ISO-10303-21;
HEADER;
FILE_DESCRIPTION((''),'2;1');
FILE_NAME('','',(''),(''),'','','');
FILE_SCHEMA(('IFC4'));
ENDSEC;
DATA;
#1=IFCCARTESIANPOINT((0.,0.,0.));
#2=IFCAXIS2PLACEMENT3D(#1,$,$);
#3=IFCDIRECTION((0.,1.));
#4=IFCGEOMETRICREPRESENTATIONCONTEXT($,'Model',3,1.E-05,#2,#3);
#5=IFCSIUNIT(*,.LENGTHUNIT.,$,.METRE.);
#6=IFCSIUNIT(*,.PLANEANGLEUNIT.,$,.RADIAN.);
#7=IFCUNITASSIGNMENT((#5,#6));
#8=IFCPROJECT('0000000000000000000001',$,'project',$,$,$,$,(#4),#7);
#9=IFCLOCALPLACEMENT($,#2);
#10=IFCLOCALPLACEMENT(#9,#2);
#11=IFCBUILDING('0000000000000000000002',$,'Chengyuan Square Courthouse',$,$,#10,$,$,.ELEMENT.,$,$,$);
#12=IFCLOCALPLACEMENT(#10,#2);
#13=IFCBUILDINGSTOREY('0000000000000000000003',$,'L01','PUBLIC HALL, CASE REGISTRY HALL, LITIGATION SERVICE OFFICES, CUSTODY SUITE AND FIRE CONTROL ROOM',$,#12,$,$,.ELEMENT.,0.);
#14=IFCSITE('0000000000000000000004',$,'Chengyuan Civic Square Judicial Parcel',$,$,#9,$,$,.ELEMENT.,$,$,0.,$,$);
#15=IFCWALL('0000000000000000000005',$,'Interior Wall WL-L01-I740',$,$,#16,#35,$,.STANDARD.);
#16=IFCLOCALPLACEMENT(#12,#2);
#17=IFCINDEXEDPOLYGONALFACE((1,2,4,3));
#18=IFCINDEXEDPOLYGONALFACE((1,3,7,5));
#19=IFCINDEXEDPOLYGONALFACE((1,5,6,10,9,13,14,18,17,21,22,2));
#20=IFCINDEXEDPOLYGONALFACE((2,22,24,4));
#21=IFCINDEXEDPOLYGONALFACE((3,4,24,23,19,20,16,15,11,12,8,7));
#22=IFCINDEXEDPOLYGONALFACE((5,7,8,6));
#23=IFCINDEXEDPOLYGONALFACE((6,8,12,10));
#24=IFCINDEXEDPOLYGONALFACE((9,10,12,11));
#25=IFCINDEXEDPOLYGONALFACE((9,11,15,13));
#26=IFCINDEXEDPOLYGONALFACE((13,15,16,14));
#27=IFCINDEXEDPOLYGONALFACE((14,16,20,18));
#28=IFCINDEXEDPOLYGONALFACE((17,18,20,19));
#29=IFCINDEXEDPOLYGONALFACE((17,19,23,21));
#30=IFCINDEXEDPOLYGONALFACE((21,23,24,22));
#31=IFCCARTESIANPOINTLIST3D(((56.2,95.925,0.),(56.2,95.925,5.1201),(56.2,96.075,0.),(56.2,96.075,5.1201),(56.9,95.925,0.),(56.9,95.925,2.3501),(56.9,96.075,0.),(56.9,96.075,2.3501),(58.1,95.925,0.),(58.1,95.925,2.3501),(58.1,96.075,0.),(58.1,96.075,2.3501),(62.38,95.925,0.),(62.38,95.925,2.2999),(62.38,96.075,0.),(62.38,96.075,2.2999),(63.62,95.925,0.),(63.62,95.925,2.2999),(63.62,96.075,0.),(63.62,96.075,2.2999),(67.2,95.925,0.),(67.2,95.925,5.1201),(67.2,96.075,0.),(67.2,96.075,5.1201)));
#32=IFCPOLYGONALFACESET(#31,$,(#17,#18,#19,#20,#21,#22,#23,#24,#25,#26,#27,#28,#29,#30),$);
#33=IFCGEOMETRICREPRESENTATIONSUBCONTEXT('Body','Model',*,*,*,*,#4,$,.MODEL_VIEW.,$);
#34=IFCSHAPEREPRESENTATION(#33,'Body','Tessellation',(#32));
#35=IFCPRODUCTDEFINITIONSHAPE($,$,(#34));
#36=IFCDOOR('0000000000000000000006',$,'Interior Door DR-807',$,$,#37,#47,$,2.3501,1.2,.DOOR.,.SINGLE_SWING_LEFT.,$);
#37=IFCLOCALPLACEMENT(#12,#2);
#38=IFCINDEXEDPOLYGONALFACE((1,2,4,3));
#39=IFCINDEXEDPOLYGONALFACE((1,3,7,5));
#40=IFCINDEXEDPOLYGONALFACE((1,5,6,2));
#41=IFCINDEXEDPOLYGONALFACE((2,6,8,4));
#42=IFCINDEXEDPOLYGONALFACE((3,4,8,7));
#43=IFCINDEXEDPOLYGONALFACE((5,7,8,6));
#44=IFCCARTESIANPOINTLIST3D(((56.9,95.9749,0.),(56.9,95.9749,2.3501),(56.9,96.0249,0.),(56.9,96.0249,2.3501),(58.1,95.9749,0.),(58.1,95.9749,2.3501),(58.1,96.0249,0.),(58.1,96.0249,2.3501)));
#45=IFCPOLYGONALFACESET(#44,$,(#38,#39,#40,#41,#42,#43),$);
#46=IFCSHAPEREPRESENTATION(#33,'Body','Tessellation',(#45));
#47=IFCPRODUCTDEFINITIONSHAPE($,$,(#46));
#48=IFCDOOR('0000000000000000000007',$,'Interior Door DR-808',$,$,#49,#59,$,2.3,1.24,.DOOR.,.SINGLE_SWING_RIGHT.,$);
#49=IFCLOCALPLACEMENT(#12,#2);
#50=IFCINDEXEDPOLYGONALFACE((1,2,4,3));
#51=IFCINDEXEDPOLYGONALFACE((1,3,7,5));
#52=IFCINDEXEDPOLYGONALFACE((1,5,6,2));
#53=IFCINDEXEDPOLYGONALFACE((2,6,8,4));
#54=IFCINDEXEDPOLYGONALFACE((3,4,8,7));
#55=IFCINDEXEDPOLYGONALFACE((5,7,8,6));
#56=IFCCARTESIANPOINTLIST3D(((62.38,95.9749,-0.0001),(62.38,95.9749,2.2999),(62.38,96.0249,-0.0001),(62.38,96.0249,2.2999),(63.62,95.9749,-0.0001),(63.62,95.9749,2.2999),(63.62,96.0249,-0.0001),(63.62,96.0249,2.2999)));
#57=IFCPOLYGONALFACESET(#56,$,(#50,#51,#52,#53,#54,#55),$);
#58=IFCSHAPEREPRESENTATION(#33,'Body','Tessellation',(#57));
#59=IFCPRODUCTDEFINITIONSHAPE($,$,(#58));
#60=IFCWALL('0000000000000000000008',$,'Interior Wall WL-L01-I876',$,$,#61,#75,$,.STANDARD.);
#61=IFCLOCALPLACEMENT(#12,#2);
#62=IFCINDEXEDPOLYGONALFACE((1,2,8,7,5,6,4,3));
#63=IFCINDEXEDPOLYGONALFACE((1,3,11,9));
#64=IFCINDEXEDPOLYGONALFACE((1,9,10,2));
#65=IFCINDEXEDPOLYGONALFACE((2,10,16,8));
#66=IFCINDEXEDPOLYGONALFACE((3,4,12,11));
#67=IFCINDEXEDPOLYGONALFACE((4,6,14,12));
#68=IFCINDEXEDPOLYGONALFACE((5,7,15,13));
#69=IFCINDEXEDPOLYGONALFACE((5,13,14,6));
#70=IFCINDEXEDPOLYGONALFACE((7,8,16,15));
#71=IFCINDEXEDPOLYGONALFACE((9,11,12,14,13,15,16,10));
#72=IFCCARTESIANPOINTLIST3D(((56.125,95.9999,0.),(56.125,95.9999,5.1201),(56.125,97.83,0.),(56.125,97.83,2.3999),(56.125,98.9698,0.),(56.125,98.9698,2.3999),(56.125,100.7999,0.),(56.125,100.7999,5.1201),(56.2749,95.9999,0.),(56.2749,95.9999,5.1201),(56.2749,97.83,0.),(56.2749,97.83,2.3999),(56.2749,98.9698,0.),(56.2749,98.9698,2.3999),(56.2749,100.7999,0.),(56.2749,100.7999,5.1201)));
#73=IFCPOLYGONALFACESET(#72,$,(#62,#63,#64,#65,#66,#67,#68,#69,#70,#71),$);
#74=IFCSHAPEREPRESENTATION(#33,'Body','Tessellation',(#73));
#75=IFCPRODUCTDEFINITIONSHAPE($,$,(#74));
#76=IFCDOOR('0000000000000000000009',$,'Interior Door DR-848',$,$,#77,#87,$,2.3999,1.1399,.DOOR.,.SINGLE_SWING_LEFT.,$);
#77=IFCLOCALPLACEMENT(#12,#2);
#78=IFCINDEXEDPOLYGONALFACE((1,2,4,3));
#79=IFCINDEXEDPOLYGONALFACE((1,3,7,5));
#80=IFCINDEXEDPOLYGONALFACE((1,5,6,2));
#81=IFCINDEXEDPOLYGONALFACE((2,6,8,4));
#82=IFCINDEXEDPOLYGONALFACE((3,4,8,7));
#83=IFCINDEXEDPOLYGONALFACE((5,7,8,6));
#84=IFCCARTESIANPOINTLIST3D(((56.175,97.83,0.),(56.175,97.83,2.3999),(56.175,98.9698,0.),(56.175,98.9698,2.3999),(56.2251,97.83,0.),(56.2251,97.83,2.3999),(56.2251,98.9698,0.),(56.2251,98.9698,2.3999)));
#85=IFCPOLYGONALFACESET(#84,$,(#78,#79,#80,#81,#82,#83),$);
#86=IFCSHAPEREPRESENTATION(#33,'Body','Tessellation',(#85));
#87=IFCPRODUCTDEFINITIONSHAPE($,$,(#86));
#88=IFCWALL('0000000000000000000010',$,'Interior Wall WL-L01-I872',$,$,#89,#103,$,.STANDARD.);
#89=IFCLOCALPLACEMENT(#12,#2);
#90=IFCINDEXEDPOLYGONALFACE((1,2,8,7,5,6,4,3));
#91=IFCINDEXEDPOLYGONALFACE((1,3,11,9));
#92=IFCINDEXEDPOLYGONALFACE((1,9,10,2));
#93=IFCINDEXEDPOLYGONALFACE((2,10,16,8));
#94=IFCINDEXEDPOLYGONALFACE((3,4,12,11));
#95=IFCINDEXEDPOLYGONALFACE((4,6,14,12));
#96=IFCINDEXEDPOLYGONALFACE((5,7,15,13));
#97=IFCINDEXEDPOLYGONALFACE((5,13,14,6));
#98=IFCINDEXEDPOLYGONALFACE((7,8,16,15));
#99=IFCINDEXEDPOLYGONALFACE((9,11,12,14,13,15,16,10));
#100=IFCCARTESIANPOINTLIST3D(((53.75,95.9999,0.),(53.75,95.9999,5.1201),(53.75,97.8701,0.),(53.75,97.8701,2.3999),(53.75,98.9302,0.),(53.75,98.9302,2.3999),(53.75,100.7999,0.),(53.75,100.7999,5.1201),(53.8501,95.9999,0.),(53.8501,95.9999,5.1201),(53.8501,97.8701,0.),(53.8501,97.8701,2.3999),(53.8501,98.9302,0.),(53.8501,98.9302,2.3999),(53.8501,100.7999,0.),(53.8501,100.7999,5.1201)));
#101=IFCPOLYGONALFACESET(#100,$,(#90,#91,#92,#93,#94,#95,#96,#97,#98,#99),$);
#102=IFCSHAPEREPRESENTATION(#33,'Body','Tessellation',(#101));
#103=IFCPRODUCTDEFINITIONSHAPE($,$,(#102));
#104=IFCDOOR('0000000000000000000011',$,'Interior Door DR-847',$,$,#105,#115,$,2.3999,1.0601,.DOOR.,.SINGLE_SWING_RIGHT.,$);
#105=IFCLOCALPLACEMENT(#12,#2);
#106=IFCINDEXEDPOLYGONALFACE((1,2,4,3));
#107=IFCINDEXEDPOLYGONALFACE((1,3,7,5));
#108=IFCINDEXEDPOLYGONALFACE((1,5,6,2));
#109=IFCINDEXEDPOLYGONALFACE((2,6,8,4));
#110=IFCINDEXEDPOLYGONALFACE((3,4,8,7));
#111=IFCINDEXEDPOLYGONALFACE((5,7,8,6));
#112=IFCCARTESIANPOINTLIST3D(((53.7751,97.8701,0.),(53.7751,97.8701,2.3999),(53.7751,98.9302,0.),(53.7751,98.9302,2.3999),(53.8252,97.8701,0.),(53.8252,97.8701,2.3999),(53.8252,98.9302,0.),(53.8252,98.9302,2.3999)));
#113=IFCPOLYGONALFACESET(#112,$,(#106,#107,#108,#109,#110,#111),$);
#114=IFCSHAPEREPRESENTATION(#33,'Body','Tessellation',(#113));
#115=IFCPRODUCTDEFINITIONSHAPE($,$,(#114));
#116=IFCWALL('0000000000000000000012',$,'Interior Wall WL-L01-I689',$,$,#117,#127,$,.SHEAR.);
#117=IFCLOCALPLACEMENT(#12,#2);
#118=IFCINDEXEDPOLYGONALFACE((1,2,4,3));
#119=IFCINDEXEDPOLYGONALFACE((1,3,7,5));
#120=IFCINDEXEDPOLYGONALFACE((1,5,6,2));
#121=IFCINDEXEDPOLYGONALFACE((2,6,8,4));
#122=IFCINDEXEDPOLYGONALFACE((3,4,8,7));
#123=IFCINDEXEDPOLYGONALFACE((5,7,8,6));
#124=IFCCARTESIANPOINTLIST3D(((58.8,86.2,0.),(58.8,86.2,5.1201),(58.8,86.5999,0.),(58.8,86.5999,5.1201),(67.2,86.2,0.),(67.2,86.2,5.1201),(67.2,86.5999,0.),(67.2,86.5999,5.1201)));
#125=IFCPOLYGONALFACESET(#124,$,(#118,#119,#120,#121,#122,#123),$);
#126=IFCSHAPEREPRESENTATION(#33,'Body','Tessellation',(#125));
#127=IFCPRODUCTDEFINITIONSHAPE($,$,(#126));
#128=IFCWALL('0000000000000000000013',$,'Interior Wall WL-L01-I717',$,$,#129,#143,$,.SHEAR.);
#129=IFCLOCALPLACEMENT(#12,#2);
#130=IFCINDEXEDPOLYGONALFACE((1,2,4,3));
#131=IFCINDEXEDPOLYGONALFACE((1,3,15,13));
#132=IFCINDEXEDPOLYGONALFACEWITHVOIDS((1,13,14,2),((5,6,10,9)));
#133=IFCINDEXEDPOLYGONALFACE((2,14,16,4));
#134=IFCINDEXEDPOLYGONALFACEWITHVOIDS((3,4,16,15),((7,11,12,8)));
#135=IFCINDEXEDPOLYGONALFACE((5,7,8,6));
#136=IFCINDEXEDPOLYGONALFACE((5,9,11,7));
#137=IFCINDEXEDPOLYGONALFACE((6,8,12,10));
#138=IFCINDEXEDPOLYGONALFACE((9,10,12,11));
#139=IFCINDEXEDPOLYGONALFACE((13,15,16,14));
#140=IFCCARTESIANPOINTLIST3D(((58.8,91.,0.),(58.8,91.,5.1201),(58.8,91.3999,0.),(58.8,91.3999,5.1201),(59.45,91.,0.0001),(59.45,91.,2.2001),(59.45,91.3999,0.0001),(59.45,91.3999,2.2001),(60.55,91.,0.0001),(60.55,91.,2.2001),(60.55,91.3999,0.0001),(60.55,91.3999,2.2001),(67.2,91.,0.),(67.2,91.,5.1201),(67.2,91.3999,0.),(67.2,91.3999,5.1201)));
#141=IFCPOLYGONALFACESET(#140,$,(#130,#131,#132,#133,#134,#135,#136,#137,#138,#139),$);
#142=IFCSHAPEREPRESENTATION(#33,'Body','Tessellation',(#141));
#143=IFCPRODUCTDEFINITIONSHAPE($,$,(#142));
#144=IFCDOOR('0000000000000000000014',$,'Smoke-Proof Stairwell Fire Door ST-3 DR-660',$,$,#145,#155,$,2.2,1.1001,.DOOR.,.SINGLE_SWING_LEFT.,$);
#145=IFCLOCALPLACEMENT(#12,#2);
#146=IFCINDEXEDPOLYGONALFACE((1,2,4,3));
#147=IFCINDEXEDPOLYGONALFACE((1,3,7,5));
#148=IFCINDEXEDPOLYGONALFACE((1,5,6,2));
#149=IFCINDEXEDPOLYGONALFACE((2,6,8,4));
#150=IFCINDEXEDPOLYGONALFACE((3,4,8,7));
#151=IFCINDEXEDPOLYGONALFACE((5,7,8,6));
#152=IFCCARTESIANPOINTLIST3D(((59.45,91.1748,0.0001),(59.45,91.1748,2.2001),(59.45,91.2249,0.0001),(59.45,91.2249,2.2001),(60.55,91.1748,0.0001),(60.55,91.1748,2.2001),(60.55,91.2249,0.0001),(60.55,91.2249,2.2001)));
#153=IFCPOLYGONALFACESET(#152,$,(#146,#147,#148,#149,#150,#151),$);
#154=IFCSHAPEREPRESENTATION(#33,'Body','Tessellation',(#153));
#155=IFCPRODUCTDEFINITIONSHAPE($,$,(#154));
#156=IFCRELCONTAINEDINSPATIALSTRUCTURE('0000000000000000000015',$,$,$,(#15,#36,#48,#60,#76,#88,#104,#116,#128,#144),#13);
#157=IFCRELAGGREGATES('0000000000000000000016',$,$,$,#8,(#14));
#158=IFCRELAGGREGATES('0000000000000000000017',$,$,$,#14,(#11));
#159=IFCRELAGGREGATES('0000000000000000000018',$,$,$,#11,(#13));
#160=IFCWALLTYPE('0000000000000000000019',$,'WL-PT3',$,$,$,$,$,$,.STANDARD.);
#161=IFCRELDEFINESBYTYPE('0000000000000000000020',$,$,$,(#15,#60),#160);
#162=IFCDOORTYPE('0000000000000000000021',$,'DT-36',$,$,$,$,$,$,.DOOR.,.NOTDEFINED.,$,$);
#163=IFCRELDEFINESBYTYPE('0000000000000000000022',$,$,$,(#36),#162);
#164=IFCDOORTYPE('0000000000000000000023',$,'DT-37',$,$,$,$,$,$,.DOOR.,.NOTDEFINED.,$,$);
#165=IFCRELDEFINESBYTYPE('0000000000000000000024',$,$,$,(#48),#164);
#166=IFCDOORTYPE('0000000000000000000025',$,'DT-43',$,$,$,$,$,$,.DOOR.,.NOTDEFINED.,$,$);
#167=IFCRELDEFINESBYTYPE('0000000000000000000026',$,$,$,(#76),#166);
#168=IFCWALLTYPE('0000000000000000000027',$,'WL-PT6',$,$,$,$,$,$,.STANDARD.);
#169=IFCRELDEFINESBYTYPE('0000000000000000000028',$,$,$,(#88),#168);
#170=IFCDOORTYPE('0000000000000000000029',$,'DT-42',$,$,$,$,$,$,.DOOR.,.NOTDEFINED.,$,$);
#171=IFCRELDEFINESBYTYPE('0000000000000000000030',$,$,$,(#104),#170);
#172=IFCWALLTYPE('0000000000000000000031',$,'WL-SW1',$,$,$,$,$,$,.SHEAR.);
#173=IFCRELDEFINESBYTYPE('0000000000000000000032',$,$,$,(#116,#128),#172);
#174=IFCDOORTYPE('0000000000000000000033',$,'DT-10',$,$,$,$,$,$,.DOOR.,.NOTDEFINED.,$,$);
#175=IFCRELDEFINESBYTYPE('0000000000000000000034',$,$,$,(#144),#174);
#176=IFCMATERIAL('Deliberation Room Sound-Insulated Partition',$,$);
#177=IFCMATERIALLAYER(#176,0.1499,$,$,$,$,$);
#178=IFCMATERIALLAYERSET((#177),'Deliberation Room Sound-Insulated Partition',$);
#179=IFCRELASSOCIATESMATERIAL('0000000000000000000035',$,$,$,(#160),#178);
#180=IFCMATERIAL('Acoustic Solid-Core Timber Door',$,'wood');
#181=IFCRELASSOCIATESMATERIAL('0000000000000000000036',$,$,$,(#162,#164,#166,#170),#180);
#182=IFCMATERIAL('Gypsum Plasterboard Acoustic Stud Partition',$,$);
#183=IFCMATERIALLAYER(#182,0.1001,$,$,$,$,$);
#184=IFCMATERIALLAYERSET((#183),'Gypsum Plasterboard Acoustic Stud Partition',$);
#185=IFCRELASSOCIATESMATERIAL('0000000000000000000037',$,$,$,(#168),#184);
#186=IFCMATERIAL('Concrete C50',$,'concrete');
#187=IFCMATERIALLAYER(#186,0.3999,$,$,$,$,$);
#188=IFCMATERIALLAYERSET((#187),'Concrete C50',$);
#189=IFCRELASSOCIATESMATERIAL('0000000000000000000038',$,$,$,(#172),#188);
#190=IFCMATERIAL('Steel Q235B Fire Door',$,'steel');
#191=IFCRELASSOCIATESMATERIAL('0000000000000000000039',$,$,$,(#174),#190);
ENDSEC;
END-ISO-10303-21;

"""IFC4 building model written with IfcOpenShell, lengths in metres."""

from ifc_helpers import new_model, si_unit, direction, frame, frame_2d, origin, place, context, subcontext, project, spatial, rectangle, extrude, material, layer, layer_set, type_object, element, fill, save


model = new_model("IFC4")

# Units and contexts
model_context = context("Model", 3, precision=1e-05, world=origin(), true_north=direction((0.0, 1.0)))
body_context = subcontext(model_context, "Body", "Model", "MODEL_VIEW")
ifc_project = project(units=[si_unit("LENGTHUNIT", "METRE"), si_unit("PLANEANGLEUNIT", "RADIAN")], contexts=[model_context])

# Site, building, storey
site_placement = place(None, origin())
site = spatial("IfcSite", under=ifc_project, at=site_placement, Name="Chengyuan Civic Square Judicial Parcel", CompositionType="ELEMENT", RefElevation=0.0)
building_placement = place(site_placement, origin())
building = spatial("IfcBuilding", under=site, at=building_placement, Name="Chengyuan Square Courthouse", CompositionType="ELEMENT")
storey_placement = place(building_placement, origin())
storey = spatial("IfcBuildingStorey", under=building, at=storey_placement, Name="L01", Description="PUBLIC HALL, CASE REGISTRY HALL, LITIGATION SERVICE OFFICES, CUSTODY SUITE AND FIRE CONTROL ROOM", CompositionType="ELEMENT", Elevation=0.0)

# Shared definitions
ifc_material_1 = material(Name="Concrete C50", Category="concrete")

# Shared definitions
ifc_material_2 = material(Name="Steel Q235B Fire Door", Category="steel")

# Wall, openings, doors
ifc_material_3 = material(Name="Deliberation Room Sound-Insulated Partition")
ifc_layer_1 = layer(ifc_material_3, 0.1499)
ifc_layer_set_1 = layer_set([ifc_layer_1], Name="Deliberation Room Sound-Insulated Partition")
wall_type_1 = type_object("IfcWallType", Name="WL-PT3", PredefinedType="STANDARD", material=ifc_layer_set_1)
wall_1_placement = place(storey_placement, frame((56.2, 96.0, 0.0), z_axis=(0.0, 0.0, 1.0), x_axis=(1.0, 0.0, 0.0)))
wall_1 = element("IfcWall", 1, at=wall_1_placement, inside=storey, type_object=wall_type_1, Name="Interior Wall WL-L01-I740", PredefinedType="STANDARD", context=body_context, shape_type="SweptSolid", body=[
    extrude(rectangle(XDim=11.0, YDim=0.1499, at=frame_2d((5.5, 0.0))), origin(), (0.0, 0.0, 1.0), 5.1201),
])
opening_1_placement = place(wall_1_placement, frame((0.7, 0.0, 0.0)))
opening_1 = element("IfcOpeningElement", 2, at=opening_1_placement, cuts=wall_1, PredefinedType="OPENING", context=body_context, shape_type="SweptSolid", body=[
    extrude(rectangle(XDim=1.2, YDim=2.3501, at=frame_2d((0.6001, 1.175))), frame((0.0, 0.0869, 0.0), z_axis=(0.0, -1.0, 0.0), x_axis=(1.0, 0.0, 0.0)), (0.0, 0.0, 1.0), 0.1738),
])
opening_2_placement = place(wall_1_placement, frame((6.1799, 0.0, 0.0)))
opening_2 = element("IfcOpeningElement", 3, at=opening_2_placement, cuts=wall_1, PredefinedType="OPENING", context=body_context, shape_type="SweptSolid", body=[
    extrude(rectangle(XDim=1.24, YDim=2.3, at=frame_2d((0.6201, 1.1499))), frame((0.0, 0.0869, 0.0), z_axis=(0.0, -1.0, 0.0), x_axis=(1.0, 0.0, 0.0)), (0.0, 0.0, 1.0), 0.1738),
])
ifc_material_4 = material(Name="Acoustic Solid-Core Timber Door", Category="wood")
door_type_1 = type_object("IfcDoorType", Name="DT-36", OperationType="NOTDEFINED", PredefinedType="DOOR", material=ifc_material_4)
door_1_placement = place(opening_1_placement, origin())
door_1 = element("IfcDoor", 4, at=door_1_placement, inside=storey, type_object=door_type_1, Name="Interior Door DR-807", OperationType="SINGLE_SWING_LEFT", OverallHeight=2.3501, OverallWidth=1.2, PredefinedType="DOOR", context=body_context, shape_type="SweptSolid", body=[
    extrude(rectangle(XDim=1.2, YDim=2.3501, at=frame_2d((0.6001, 1.175))), frame((0.0, 0.0249, 0.0), z_axis=(0.0, -1.0, 0.0), x_axis=(1.0, 0.0, 0.0)), (0.0, 0.0, 1.0), 0.05),
])
fill(opening_1, door_1)
door_type_2 = type_object("IfcDoorType", Name="DT-37", OperationType="NOTDEFINED", PredefinedType="DOOR", material=ifc_material_4)
door_2_placement = place(opening_2_placement, origin())
door_2 = element("IfcDoor", 5, at=door_2_placement, inside=storey, type_object=door_type_2, Name="Interior Door DR-808", OperationType="SINGLE_SWING_RIGHT", OverallHeight=2.3, OverallWidth=1.24, PredefinedType="DOOR", context=body_context, shape_type="SweptSolid", body=[
    extrude(rectangle(XDim=1.24, YDim=2.3, at=frame_2d((0.6201, 1.1499))), frame((0.0, 0.0249, 0.0), z_axis=(0.0, -1.0, 0.0), x_axis=(1.0, 0.0, 0.0)), (0.0, 0.0, 1.0), 0.05),
])
fill(opening_2, door_2)

# Walls, openings, doors
wall_2_placement = place(storey_placement, frame((56.2, 96.0, 0.0), z_axis=(0.0, 0.0, 1.0), x_axis=(0.0, 1.0, 0.0)))
wall_2 = element("IfcWall", 6, at=wall_2_placement, inside=storey, type_object=wall_type_1, Name="Interior Wall WL-L01-I876", PredefinedType="STANDARD", context=body_context, shape_type="SweptSolid", body=[
    extrude(rectangle(XDim=4.8, YDim=0.1499, at=frame_2d((2.3999, 0.0))), origin(), (0.0, 0.0, 1.0), 5.1201),
])
opening_3_placement = place(wall_2_placement, frame((1.8301, 0.0, 0.0)))
opening_3 = element("IfcOpeningElement", 7, at=opening_3_placement, cuts=wall_2, PredefinedType="OPENING", context=body_context, shape_type="SweptSolid", body=[
    extrude(rectangle(XDim=1.1399, YDim=2.3999, at=frame_2d((0.5698, 1.2))), frame((0.0, 0.0869, 0.0), z_axis=(0.0, -1.0, 0.0), x_axis=(1.0, 0.0, 0.0)), (0.0, 0.0, 1.0), 0.1738),
])
door_type_3 = type_object("IfcDoorType", Name="DT-43", OperationType="NOTDEFINED", PredefinedType="DOOR", material=ifc_material_4)
door_3_placement = place(opening_3_placement, origin())
door_3 = element("IfcDoor", 8, at=door_3_placement, inside=storey, type_object=door_type_3, Name="Interior Door DR-848", OperationType="SINGLE_SWING_LEFT", OverallHeight=2.3999, OverallWidth=1.1399, PredefinedType="DOOR", context=body_context, shape_type="SweptSolid", body=[
    extrude(rectangle(XDim=1.1399, YDim=2.3999, at=frame_2d((0.5698, 1.2))), frame((0.0, 0.0249, 0.0), z_axis=(0.0, -1.0, 0.0), x_axis=(1.0, 0.0, 0.0)), (0.0, 0.0, 1.0), 0.05),
])
fill(opening_3, door_3)
ifc_material_5 = material(Name="Gypsum Plasterboard Acoustic Stud Partition")
ifc_layer_2 = layer(ifc_material_5, 0.1001)
ifc_layer_set_2 = layer_set([ifc_layer_2], Name="Gypsum Plasterboard Acoustic Stud Partition")
wall_type_2 = type_object("IfcWallType", Name="WL-PT6", PredefinedType="STANDARD", material=ifc_layer_set_2)
wall_3_placement = place(storey_placement, frame((53.8, 96.0, 0.0), z_axis=(0.0, 0.0, 1.0), x_axis=(0.0, 1.0, 0.0)))
wall_3 = element("IfcWall", 9, at=wall_3_placement, inside=storey, type_object=wall_type_2, Name="Interior Wall WL-L01-I872", PredefinedType="STANDARD", context=body_context, shape_type="SweptSolid", body=[
    extrude(rectangle(XDim=4.8, YDim=0.1001, at=frame_2d((2.3999, 0.0))), origin(), (0.0, 0.0, 1.0), 5.1201),
])
opening_4_placement = place(wall_3_placement, frame((1.8701, 0.0, 0.0)))
opening_4 = element("IfcOpeningElement", 10, at=opening_4_placement, cuts=wall_3, PredefinedType="OPENING", context=body_context, shape_type="SweptSolid", body=[
    extrude(rectangle(XDim=1.0601, YDim=2.3999, at=frame_2d((0.53, 1.2))), frame((0.0, 0.062, 0.0), z_axis=(0.0, -1.0, 0.0), x_axis=(1.0, 0.0, 0.0)), (0.0, 0.0, 1.0), 0.124),
])
door_type_4 = type_object("IfcDoorType", Name="DT-42", OperationType="NOTDEFINED", PredefinedType="DOOR", material=ifc_material_4)
door_4_placement = place(opening_4_placement, origin())
door_4 = element("IfcDoor", 11, at=door_4_placement, inside=storey, type_object=door_type_4, Name="Interior Door DR-847", OperationType="SINGLE_SWING_RIGHT", OverallHeight=2.3999, OverallWidth=1.0601, PredefinedType="DOOR", context=body_context, shape_type="SweptSolid", body=[
    extrude(rectangle(XDim=1.0601, YDim=2.3999, at=frame_2d((0.53, 1.2))), frame((0.0, 0.0249, 0.0), z_axis=(0.0, -1.0, 0.0), x_axis=(1.0, 0.0, 0.0)), (0.0, 0.0, 1.0), 0.05),
])
fill(opening_4, door_4)

# Wall
ifc_layer_3 = layer(ifc_material_1, 0.3999)
ifc_layer_set_3 = layer_set([ifc_layer_3], Name="Concrete C50")
wall_type_3 = type_object("IfcWallType", Name="WL-SW1", PredefinedType="SHEAR", material=ifc_layer_set_3)
wall_4_placement = place(storey_placement, frame((58.8, 86.3999, 0.0), z_axis=(0.0, 0.0, 1.0), x_axis=(1.0, 0.0, 0.0)))
element("IfcWall", 12, at=wall_4_placement, inside=storey, type_object=wall_type_3, Name="Interior Wall WL-L01-I689", PredefinedType="SHEAR", context=body_context, shape_type="SweptSolid", body=[
    extrude(rectangle(XDim=8.3999, YDim=0.3999, at=frame_2d((4.2, 0.0))), origin(), (0.0, 0.0, 1.0), 5.1201),
])

# Wall, opening, door
wall_5_placement = place(storey_placement, frame((58.8, 91.2, 0.0), z_axis=(0.0, 0.0, 1.0), x_axis=(1.0, 0.0, 0.0)))
wall_5 = element("IfcWall", 13, at=wall_5_placement, inside=storey, type_object=wall_type_3, Name="Interior Wall WL-L01-I717", PredefinedType="SHEAR", context=body_context, shape_type="SweptSolid", body=[
    extrude(rectangle(XDim=8.3999, YDim=0.3999, at=frame_2d((4.2, 0.0))), origin(), (0.0, 0.0, 1.0), 5.1201),
])
opening_5_placement = place(wall_5_placement, frame((0.6499, 0.0, 0.0)))
opening_5 = element("IfcOpeningElement", 14, at=opening_5_placement, cuts=wall_5, PredefinedType="OPENING", context=body_context, shape_type="SweptSolid", body=[
    extrude(rectangle(XDim=1.1001, YDim=2.2, at=frame_2d((0.55, 1.1001))), frame((0.0, 0.2119, 0.0), z_axis=(0.0, -1.0, 0.0), x_axis=(1.0, 0.0, 0.0)), (0.0, 0.0, 1.0), 0.4238),
])
door_type_5 = type_object("IfcDoorType", Name="DT-10", OperationType="NOTDEFINED", PredefinedType="DOOR", material=ifc_material_2)
door_5_placement = place(opening_5_placement, origin())
door_5 = element("IfcDoor", 15, at=door_5_placement, inside=storey, type_object=door_type_5, Name="Smoke-Proof Stairwell Fire Door ST-3 DR-660", OperationType="SINGLE_SWING_LEFT", OverallHeight=2.2, OverallWidth=1.1001, PredefinedType="DOOR", context=body_context, shape_type="SweptSolid", body=[
    extrude(rectangle(XDim=1.1001, YDim=2.2, at=frame_2d((0.55, 1.1001))), frame((0.0, 0.0249, 0.0), z_axis=(0.0, -1.0, 0.0), x_axis=(1.0, 0.0, 0.0)), (0.0, 0.0, 1.0), 0.05),
])
fill(opening_5, door_5)

save(model, "model.ifc")
